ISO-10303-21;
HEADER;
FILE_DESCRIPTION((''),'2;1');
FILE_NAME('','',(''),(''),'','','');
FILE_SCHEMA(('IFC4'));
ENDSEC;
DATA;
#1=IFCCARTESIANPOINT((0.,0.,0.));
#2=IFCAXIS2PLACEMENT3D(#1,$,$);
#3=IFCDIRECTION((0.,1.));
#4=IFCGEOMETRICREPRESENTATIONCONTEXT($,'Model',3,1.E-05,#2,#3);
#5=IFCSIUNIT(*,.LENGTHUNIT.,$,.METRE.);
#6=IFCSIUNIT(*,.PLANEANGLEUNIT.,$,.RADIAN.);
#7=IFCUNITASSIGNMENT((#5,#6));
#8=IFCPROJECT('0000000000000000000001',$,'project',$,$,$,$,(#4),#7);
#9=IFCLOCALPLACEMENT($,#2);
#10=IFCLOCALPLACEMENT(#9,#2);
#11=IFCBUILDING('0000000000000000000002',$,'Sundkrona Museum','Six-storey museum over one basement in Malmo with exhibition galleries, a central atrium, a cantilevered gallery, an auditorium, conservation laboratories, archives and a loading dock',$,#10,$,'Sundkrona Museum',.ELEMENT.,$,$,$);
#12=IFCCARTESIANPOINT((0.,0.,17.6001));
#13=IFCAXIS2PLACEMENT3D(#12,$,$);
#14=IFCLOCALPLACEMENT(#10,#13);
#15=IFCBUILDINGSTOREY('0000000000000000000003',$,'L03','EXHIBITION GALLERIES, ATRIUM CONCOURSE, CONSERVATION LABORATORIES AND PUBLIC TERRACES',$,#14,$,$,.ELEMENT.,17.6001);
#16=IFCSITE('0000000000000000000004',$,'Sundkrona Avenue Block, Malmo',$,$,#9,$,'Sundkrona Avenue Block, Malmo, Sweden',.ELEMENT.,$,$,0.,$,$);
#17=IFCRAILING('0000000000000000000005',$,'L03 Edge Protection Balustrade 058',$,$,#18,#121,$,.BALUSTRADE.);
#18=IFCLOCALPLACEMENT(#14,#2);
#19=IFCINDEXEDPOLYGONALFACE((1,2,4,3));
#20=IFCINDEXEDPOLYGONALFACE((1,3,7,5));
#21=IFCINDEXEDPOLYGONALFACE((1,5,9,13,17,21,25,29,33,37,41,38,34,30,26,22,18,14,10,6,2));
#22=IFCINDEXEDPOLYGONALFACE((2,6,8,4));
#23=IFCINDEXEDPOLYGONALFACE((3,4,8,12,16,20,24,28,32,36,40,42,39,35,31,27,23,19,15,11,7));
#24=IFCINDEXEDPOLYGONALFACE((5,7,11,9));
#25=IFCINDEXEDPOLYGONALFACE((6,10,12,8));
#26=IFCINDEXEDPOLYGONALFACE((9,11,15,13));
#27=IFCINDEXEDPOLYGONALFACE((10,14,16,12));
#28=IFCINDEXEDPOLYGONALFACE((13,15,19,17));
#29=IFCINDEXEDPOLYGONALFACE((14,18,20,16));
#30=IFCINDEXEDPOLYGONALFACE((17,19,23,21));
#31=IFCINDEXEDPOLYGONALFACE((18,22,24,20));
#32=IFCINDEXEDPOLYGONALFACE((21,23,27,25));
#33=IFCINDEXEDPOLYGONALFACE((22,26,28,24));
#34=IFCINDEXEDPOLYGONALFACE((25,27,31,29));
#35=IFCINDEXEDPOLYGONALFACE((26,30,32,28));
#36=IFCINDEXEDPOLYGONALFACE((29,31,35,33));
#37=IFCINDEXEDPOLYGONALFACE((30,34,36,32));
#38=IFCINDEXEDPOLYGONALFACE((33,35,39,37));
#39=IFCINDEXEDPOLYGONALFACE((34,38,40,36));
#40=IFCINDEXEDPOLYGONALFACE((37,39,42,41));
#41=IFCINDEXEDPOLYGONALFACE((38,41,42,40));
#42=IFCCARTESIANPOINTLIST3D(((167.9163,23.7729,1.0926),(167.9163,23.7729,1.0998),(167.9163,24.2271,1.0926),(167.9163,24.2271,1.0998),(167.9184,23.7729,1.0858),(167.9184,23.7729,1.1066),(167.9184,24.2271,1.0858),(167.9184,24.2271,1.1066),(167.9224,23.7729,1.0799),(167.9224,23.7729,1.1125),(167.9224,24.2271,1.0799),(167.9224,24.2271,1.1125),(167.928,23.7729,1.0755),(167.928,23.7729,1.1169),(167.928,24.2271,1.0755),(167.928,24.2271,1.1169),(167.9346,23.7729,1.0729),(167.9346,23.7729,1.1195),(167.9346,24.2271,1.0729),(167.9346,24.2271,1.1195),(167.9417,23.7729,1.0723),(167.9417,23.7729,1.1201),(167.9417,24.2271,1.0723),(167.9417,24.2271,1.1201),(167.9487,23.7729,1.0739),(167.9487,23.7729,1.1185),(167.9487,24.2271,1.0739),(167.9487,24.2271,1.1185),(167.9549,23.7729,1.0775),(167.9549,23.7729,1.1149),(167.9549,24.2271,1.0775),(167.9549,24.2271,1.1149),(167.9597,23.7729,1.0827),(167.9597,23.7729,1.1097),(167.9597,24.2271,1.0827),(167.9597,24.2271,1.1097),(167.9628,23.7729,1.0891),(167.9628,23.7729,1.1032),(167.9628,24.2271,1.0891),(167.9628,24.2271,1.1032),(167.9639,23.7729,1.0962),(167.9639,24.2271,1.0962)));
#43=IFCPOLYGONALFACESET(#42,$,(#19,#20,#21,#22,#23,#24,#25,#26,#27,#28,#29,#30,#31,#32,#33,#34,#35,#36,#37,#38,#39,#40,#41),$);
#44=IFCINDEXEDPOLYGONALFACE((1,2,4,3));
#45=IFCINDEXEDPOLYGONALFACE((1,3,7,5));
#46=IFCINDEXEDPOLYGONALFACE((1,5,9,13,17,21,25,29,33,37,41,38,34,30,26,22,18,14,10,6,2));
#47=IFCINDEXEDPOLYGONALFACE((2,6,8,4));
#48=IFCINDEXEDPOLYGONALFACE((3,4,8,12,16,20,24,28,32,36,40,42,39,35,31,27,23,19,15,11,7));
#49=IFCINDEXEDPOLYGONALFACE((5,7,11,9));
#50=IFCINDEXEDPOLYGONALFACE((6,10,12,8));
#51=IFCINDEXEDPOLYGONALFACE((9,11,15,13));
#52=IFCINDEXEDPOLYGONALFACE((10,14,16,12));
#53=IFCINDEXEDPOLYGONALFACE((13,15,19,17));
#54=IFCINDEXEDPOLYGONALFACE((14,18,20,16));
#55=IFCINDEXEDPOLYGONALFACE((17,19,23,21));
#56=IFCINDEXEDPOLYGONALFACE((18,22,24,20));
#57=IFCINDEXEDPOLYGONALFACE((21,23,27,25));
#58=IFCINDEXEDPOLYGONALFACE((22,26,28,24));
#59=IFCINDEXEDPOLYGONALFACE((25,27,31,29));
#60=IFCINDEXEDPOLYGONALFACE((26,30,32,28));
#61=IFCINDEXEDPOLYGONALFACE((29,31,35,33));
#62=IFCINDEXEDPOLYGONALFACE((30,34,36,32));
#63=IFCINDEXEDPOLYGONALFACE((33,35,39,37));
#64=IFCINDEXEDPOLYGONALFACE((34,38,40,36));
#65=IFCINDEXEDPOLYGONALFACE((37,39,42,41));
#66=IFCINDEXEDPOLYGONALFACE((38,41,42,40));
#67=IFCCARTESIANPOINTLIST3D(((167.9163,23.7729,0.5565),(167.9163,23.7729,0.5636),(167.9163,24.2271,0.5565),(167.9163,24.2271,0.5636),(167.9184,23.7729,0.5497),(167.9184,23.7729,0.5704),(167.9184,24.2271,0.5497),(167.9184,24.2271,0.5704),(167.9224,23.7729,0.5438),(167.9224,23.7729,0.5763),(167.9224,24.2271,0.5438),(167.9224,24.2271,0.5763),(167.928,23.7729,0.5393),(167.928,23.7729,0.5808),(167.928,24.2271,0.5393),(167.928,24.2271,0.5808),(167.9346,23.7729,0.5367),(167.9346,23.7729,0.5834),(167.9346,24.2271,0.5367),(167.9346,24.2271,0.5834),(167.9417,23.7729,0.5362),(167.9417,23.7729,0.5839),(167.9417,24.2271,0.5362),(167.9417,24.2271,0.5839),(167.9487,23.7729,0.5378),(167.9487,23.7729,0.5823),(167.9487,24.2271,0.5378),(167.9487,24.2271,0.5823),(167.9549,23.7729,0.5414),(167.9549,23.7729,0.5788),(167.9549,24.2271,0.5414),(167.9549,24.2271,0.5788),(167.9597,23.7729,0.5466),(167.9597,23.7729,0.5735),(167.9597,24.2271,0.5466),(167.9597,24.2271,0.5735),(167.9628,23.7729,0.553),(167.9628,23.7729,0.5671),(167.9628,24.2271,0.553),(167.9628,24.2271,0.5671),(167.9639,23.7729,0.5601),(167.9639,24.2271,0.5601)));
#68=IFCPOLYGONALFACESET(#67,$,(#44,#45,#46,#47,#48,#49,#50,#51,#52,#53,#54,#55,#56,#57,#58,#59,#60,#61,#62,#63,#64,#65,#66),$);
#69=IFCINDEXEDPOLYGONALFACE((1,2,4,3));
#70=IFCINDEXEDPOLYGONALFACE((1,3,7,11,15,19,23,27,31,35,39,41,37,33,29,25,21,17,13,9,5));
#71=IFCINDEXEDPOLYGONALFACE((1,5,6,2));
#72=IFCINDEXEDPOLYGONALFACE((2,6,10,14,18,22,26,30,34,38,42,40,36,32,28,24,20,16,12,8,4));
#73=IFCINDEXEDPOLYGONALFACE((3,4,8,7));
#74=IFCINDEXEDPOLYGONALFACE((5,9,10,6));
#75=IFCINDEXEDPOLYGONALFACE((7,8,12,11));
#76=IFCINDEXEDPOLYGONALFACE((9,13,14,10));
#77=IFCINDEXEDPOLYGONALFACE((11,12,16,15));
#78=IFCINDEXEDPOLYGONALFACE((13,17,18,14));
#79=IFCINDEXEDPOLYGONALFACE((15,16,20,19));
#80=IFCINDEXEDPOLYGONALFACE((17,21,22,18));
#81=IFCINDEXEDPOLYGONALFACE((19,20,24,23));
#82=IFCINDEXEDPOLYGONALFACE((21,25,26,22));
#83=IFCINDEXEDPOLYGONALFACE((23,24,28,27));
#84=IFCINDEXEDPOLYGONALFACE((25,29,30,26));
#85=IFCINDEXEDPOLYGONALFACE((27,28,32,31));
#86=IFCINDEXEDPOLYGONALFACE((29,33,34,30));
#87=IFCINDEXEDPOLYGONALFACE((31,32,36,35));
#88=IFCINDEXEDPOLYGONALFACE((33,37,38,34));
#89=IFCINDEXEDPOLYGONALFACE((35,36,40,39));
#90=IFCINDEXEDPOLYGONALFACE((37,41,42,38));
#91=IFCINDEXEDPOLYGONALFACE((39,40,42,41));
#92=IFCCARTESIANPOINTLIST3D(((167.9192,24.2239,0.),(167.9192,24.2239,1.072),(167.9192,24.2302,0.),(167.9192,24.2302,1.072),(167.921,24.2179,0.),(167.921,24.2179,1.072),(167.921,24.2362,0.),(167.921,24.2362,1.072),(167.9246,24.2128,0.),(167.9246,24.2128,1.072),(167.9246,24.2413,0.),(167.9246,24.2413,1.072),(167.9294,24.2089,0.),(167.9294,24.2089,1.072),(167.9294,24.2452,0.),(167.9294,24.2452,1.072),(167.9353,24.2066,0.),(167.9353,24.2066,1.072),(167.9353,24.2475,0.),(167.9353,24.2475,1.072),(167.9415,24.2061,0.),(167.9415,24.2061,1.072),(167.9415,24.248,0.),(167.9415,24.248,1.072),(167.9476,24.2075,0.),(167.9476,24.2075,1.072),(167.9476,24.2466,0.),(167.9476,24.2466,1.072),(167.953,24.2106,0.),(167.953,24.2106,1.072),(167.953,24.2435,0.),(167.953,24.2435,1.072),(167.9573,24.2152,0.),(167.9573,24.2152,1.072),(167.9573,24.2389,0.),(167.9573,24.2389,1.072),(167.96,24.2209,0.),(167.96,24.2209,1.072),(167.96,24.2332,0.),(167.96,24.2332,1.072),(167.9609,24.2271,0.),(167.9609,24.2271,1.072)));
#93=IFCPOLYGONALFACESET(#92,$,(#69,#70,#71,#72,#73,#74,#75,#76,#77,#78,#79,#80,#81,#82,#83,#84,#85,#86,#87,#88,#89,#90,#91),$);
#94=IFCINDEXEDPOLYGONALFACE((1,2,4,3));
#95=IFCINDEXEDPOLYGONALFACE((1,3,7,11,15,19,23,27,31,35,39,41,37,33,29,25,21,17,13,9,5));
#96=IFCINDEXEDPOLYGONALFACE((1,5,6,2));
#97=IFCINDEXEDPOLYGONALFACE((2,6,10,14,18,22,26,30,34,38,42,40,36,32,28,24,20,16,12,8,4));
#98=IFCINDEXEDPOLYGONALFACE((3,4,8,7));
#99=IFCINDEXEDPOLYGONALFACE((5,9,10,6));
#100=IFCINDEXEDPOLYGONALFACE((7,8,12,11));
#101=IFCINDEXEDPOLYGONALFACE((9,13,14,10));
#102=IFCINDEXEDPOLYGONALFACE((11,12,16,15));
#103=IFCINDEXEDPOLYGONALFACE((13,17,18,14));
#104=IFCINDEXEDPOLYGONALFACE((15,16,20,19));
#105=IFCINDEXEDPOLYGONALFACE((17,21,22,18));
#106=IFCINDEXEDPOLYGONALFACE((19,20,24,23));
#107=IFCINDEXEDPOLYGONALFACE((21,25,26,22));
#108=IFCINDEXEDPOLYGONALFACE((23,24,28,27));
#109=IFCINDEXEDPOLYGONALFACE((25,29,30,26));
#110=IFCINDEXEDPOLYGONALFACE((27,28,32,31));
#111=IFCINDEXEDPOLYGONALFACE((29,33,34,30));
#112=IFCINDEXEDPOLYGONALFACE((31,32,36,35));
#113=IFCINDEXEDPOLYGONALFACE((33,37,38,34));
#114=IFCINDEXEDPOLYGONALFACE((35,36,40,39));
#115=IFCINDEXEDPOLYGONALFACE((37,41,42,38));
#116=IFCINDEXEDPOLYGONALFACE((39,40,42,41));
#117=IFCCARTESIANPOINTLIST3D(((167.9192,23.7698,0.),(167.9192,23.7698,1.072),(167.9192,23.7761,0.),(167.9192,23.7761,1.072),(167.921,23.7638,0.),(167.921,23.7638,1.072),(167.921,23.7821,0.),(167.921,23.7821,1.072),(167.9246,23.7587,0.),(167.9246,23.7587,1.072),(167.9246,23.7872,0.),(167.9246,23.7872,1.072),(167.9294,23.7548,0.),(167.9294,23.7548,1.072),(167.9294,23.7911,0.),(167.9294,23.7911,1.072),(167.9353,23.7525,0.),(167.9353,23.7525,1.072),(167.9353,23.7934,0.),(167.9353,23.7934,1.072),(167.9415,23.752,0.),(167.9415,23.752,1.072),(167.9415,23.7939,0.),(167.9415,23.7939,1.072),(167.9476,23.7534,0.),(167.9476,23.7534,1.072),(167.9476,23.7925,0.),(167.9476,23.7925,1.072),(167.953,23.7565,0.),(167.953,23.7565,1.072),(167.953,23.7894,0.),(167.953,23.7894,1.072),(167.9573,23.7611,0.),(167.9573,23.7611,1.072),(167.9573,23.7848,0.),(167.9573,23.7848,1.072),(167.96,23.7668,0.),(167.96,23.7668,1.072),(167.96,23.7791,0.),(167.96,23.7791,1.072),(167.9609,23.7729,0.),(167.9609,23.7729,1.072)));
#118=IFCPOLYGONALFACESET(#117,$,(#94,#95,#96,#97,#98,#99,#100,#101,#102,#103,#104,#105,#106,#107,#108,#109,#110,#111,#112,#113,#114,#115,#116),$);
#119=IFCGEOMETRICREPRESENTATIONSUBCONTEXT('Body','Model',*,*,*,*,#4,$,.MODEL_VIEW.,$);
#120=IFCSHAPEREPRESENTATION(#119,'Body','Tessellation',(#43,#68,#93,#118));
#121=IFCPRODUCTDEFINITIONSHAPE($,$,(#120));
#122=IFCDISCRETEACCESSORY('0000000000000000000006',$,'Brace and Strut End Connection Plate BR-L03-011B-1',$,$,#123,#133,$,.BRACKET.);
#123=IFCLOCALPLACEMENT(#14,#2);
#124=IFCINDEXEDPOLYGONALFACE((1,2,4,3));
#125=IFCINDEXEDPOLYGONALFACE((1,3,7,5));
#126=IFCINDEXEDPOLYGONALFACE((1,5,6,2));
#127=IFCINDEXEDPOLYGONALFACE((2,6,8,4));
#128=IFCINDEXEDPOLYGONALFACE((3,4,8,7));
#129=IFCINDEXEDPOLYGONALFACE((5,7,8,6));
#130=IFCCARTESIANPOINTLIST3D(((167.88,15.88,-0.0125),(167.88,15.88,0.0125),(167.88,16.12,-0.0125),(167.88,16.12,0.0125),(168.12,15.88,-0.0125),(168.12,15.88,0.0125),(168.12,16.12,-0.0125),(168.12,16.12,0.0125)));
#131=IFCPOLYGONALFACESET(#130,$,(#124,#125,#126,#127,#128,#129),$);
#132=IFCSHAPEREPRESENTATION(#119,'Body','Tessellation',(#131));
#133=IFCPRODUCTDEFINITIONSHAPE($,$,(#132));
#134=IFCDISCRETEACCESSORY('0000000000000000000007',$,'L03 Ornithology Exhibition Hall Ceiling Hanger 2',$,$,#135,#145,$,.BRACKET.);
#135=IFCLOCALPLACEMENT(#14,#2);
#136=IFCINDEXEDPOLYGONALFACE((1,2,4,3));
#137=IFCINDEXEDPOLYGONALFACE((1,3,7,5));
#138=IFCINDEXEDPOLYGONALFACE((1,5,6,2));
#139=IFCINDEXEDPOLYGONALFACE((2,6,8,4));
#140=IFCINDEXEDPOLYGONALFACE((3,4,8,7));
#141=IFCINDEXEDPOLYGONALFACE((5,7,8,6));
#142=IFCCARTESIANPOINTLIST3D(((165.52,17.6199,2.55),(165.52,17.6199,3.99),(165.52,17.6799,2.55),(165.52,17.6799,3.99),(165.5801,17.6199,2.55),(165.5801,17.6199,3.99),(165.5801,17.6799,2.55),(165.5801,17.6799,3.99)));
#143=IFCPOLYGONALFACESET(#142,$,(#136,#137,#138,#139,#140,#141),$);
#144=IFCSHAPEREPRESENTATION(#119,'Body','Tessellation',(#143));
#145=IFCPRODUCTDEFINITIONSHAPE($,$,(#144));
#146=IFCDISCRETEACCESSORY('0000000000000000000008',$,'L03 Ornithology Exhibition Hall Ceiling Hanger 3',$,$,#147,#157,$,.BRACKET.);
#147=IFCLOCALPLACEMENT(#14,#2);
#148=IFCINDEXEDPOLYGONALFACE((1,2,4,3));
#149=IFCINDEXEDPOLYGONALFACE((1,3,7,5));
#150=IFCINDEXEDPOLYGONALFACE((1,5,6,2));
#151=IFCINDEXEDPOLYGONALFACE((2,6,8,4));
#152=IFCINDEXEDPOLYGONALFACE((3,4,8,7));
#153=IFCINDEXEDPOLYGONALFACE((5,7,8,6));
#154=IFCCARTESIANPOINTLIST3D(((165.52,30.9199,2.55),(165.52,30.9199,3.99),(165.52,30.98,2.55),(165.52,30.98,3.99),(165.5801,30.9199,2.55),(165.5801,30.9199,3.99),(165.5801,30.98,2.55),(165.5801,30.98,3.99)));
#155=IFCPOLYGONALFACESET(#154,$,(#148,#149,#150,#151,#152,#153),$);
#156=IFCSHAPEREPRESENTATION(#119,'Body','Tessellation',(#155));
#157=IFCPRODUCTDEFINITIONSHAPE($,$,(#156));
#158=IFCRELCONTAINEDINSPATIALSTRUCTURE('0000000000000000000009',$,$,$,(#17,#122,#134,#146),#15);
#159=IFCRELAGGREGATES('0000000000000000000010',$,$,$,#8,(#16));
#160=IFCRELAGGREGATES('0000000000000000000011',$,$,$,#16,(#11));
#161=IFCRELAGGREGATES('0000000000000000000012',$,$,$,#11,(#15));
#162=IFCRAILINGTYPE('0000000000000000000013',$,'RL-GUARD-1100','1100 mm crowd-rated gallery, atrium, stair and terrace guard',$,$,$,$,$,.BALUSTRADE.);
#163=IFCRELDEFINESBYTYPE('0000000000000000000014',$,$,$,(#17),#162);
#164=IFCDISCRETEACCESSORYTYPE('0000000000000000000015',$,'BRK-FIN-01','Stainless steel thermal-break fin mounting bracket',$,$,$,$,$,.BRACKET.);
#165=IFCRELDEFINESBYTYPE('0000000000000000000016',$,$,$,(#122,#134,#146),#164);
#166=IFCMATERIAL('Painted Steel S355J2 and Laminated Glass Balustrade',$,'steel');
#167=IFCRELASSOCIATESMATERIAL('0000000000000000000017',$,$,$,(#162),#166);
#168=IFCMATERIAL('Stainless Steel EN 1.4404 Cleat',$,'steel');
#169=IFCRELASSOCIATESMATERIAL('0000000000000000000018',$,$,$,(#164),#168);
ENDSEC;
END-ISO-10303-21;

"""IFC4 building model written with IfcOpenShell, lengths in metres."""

from ifc_helpers import new_model, si_unit, direction, frame, origin, origin_2d, place, context, subcontext, project, spatial, rectangle, circle, extrude, material, type_object, element, save


model = new_model("IFC4")

# Units and contexts
model_context = context("Model", 3, precision=1e-05, world=origin(), true_north=direction((0.0, 1.0)))
body_context = subcontext(model_context, "Body", "Model", "MODEL_VIEW")
ifc_project = project(units=[si_unit("LENGTHUNIT", "METRE"), si_unit("PLANEANGLEUNIT", "RADIAN")], contexts=[model_context])

# Site, building, storey
site_placement = place(None, origin())
site = spatial("IfcSite", under=ifc_project, at=site_placement, Name="Sundkrona Avenue Block, Malmo", LongName="Sundkrona Avenue Block, Malmo, Sweden", CompositionType="ELEMENT", RefElevation=0.0)
building_placement = place(site_placement, origin())
building = spatial("IfcBuilding", under=site, at=building_placement, Name="Sundkrona Museum", Description="Six-storey museum over one basement in Malmo with exhibition galleries, a central atrium, a cantilevered gallery, an auditorium, conservation laboratories, archives and a loading dock", LongName="Sundkrona Museum", CompositionType="ELEMENT")
storey_placement = place(building_placement, frame((0.0, 0.0, 17.6001)))
storey = spatial("IfcBuildingStorey", under=building, at=storey_placement, Name="L03", Description="EXHIBITION GALLERIES, ATRIUM CONCOURSE, CONSERVATION LABORATORIES AND PUBLIC TERRACES", CompositionType="ELEMENT", Elevation=17.6001)

# Railing
ifc_material_1 = material(Name="Painted Steel S355J2 and Laminated Glass Balustrade", Category="steel")
railing_type = type_object("IfcRailingType", Name="RL-GUARD-1100", Description="1100 mm crowd-rated gallery, atrium, stair and terrace guard", PredefinedType="BALUSTRADE", material=ifc_material_1)
for number, where, name in (
    (1, (167.9399, 24.2271, 0.0), "L03 Edge Protection Balustrade 058"),
):
    element("IfcRailing", number, at=place(storey_placement, frame(where)), inside=storey, type_object=railing_type, Name=name, PredefinedType="BALUSTRADE", context=body_context, shape_type="SweptSolid", body=[
        extrude(circle(Radius=0.0239, at=origin_2d()), frame((0.0, 0.0, 1.0962), z_axis=(0.0, -1.0, 0.0), x_axis=(1.0, 0.0, 0.0)), (0.0, 0.0, 1.0), 0.4541),
        extrude(circle(Radius=0.0239, at=origin_2d()), frame((0.0, 0.0, 0.5601), z_axis=(0.0, -1.0, 0.0), x_axis=(1.0, 0.0, 0.0)), (0.0, 0.0, 1.0), 0.4541),
        extrude(circle(Radius=0.021, at=origin_2d()), origin(), (0.0, 0.0, 1.0), 1.072),
        extrude(circle(Radius=0.021, at=origin_2d()), frame((0.0, -0.4541, 0.0)), (0.0, 0.0, 1.0), 1.072),
    ])

# Discrete accessories
ifc_material_2 = material(Name="Stainless Steel EN 1.4404 Cleat", Category="steel")
discrete_accessory_type = type_object("IfcDiscreteAccessoryType", Name="BRK-FIN-01", Description="Stainless steel thermal-break fin mounting bracket", PredefinedType="BRACKET", material=ifc_material_2)
discrete_accessory_placement = place(storey_placement, frame((168.0, 16.0, -0.0125), z_axis=(0.0, 0.0, 1.0), x_axis=(1.0, 0.0, 0.0)))
element("IfcDiscreteAccessory", 2, at=discrete_accessory_placement, inside=storey, type_object=discrete_accessory_type, Name="Brace and Strut End Connection Plate BR-L03-011B-1", PredefinedType="BRACKET", context=body_context, shape_type="SweptSolid", body=[
    extrude(rectangle(XDim=0.24, YDim=0.24, at=origin_2d()), origin(), (0.0, 0.0, 1.0), 0.0249),
])
for number, where, z_axis, x_axis, name in (
    (3, (165.55, 17.6499, 2.55), (0.0, 0.0, 1.0), (1.0, 0.0, 0.0), "L03 Ornithology Exhibition Hall Ceiling Hanger 2"),
    (4, (165.55, 30.95, 2.55), (0.0, 0.0, 1.0), (1.0, 0.0, 0.0), "L03 Ornithology Exhibition Hall Ceiling Hanger 3"),
):
    element("IfcDiscreteAccessory", number, at=place(storey_placement, frame(where, z_axis=z_axis, x_axis=x_axis)), inside=storey, type_object=discrete_accessory_type, Name=name, PredefinedType="BRACKET", context=body_context, shape_type="SweptSolid", body=[
        extrude(rectangle(XDim=0.0601, YDim=0.0601, at=origin_2d()), origin(), (0.0, 0.0, 1.0), 1.4399),
    ])

save(model, "model.ifc")
